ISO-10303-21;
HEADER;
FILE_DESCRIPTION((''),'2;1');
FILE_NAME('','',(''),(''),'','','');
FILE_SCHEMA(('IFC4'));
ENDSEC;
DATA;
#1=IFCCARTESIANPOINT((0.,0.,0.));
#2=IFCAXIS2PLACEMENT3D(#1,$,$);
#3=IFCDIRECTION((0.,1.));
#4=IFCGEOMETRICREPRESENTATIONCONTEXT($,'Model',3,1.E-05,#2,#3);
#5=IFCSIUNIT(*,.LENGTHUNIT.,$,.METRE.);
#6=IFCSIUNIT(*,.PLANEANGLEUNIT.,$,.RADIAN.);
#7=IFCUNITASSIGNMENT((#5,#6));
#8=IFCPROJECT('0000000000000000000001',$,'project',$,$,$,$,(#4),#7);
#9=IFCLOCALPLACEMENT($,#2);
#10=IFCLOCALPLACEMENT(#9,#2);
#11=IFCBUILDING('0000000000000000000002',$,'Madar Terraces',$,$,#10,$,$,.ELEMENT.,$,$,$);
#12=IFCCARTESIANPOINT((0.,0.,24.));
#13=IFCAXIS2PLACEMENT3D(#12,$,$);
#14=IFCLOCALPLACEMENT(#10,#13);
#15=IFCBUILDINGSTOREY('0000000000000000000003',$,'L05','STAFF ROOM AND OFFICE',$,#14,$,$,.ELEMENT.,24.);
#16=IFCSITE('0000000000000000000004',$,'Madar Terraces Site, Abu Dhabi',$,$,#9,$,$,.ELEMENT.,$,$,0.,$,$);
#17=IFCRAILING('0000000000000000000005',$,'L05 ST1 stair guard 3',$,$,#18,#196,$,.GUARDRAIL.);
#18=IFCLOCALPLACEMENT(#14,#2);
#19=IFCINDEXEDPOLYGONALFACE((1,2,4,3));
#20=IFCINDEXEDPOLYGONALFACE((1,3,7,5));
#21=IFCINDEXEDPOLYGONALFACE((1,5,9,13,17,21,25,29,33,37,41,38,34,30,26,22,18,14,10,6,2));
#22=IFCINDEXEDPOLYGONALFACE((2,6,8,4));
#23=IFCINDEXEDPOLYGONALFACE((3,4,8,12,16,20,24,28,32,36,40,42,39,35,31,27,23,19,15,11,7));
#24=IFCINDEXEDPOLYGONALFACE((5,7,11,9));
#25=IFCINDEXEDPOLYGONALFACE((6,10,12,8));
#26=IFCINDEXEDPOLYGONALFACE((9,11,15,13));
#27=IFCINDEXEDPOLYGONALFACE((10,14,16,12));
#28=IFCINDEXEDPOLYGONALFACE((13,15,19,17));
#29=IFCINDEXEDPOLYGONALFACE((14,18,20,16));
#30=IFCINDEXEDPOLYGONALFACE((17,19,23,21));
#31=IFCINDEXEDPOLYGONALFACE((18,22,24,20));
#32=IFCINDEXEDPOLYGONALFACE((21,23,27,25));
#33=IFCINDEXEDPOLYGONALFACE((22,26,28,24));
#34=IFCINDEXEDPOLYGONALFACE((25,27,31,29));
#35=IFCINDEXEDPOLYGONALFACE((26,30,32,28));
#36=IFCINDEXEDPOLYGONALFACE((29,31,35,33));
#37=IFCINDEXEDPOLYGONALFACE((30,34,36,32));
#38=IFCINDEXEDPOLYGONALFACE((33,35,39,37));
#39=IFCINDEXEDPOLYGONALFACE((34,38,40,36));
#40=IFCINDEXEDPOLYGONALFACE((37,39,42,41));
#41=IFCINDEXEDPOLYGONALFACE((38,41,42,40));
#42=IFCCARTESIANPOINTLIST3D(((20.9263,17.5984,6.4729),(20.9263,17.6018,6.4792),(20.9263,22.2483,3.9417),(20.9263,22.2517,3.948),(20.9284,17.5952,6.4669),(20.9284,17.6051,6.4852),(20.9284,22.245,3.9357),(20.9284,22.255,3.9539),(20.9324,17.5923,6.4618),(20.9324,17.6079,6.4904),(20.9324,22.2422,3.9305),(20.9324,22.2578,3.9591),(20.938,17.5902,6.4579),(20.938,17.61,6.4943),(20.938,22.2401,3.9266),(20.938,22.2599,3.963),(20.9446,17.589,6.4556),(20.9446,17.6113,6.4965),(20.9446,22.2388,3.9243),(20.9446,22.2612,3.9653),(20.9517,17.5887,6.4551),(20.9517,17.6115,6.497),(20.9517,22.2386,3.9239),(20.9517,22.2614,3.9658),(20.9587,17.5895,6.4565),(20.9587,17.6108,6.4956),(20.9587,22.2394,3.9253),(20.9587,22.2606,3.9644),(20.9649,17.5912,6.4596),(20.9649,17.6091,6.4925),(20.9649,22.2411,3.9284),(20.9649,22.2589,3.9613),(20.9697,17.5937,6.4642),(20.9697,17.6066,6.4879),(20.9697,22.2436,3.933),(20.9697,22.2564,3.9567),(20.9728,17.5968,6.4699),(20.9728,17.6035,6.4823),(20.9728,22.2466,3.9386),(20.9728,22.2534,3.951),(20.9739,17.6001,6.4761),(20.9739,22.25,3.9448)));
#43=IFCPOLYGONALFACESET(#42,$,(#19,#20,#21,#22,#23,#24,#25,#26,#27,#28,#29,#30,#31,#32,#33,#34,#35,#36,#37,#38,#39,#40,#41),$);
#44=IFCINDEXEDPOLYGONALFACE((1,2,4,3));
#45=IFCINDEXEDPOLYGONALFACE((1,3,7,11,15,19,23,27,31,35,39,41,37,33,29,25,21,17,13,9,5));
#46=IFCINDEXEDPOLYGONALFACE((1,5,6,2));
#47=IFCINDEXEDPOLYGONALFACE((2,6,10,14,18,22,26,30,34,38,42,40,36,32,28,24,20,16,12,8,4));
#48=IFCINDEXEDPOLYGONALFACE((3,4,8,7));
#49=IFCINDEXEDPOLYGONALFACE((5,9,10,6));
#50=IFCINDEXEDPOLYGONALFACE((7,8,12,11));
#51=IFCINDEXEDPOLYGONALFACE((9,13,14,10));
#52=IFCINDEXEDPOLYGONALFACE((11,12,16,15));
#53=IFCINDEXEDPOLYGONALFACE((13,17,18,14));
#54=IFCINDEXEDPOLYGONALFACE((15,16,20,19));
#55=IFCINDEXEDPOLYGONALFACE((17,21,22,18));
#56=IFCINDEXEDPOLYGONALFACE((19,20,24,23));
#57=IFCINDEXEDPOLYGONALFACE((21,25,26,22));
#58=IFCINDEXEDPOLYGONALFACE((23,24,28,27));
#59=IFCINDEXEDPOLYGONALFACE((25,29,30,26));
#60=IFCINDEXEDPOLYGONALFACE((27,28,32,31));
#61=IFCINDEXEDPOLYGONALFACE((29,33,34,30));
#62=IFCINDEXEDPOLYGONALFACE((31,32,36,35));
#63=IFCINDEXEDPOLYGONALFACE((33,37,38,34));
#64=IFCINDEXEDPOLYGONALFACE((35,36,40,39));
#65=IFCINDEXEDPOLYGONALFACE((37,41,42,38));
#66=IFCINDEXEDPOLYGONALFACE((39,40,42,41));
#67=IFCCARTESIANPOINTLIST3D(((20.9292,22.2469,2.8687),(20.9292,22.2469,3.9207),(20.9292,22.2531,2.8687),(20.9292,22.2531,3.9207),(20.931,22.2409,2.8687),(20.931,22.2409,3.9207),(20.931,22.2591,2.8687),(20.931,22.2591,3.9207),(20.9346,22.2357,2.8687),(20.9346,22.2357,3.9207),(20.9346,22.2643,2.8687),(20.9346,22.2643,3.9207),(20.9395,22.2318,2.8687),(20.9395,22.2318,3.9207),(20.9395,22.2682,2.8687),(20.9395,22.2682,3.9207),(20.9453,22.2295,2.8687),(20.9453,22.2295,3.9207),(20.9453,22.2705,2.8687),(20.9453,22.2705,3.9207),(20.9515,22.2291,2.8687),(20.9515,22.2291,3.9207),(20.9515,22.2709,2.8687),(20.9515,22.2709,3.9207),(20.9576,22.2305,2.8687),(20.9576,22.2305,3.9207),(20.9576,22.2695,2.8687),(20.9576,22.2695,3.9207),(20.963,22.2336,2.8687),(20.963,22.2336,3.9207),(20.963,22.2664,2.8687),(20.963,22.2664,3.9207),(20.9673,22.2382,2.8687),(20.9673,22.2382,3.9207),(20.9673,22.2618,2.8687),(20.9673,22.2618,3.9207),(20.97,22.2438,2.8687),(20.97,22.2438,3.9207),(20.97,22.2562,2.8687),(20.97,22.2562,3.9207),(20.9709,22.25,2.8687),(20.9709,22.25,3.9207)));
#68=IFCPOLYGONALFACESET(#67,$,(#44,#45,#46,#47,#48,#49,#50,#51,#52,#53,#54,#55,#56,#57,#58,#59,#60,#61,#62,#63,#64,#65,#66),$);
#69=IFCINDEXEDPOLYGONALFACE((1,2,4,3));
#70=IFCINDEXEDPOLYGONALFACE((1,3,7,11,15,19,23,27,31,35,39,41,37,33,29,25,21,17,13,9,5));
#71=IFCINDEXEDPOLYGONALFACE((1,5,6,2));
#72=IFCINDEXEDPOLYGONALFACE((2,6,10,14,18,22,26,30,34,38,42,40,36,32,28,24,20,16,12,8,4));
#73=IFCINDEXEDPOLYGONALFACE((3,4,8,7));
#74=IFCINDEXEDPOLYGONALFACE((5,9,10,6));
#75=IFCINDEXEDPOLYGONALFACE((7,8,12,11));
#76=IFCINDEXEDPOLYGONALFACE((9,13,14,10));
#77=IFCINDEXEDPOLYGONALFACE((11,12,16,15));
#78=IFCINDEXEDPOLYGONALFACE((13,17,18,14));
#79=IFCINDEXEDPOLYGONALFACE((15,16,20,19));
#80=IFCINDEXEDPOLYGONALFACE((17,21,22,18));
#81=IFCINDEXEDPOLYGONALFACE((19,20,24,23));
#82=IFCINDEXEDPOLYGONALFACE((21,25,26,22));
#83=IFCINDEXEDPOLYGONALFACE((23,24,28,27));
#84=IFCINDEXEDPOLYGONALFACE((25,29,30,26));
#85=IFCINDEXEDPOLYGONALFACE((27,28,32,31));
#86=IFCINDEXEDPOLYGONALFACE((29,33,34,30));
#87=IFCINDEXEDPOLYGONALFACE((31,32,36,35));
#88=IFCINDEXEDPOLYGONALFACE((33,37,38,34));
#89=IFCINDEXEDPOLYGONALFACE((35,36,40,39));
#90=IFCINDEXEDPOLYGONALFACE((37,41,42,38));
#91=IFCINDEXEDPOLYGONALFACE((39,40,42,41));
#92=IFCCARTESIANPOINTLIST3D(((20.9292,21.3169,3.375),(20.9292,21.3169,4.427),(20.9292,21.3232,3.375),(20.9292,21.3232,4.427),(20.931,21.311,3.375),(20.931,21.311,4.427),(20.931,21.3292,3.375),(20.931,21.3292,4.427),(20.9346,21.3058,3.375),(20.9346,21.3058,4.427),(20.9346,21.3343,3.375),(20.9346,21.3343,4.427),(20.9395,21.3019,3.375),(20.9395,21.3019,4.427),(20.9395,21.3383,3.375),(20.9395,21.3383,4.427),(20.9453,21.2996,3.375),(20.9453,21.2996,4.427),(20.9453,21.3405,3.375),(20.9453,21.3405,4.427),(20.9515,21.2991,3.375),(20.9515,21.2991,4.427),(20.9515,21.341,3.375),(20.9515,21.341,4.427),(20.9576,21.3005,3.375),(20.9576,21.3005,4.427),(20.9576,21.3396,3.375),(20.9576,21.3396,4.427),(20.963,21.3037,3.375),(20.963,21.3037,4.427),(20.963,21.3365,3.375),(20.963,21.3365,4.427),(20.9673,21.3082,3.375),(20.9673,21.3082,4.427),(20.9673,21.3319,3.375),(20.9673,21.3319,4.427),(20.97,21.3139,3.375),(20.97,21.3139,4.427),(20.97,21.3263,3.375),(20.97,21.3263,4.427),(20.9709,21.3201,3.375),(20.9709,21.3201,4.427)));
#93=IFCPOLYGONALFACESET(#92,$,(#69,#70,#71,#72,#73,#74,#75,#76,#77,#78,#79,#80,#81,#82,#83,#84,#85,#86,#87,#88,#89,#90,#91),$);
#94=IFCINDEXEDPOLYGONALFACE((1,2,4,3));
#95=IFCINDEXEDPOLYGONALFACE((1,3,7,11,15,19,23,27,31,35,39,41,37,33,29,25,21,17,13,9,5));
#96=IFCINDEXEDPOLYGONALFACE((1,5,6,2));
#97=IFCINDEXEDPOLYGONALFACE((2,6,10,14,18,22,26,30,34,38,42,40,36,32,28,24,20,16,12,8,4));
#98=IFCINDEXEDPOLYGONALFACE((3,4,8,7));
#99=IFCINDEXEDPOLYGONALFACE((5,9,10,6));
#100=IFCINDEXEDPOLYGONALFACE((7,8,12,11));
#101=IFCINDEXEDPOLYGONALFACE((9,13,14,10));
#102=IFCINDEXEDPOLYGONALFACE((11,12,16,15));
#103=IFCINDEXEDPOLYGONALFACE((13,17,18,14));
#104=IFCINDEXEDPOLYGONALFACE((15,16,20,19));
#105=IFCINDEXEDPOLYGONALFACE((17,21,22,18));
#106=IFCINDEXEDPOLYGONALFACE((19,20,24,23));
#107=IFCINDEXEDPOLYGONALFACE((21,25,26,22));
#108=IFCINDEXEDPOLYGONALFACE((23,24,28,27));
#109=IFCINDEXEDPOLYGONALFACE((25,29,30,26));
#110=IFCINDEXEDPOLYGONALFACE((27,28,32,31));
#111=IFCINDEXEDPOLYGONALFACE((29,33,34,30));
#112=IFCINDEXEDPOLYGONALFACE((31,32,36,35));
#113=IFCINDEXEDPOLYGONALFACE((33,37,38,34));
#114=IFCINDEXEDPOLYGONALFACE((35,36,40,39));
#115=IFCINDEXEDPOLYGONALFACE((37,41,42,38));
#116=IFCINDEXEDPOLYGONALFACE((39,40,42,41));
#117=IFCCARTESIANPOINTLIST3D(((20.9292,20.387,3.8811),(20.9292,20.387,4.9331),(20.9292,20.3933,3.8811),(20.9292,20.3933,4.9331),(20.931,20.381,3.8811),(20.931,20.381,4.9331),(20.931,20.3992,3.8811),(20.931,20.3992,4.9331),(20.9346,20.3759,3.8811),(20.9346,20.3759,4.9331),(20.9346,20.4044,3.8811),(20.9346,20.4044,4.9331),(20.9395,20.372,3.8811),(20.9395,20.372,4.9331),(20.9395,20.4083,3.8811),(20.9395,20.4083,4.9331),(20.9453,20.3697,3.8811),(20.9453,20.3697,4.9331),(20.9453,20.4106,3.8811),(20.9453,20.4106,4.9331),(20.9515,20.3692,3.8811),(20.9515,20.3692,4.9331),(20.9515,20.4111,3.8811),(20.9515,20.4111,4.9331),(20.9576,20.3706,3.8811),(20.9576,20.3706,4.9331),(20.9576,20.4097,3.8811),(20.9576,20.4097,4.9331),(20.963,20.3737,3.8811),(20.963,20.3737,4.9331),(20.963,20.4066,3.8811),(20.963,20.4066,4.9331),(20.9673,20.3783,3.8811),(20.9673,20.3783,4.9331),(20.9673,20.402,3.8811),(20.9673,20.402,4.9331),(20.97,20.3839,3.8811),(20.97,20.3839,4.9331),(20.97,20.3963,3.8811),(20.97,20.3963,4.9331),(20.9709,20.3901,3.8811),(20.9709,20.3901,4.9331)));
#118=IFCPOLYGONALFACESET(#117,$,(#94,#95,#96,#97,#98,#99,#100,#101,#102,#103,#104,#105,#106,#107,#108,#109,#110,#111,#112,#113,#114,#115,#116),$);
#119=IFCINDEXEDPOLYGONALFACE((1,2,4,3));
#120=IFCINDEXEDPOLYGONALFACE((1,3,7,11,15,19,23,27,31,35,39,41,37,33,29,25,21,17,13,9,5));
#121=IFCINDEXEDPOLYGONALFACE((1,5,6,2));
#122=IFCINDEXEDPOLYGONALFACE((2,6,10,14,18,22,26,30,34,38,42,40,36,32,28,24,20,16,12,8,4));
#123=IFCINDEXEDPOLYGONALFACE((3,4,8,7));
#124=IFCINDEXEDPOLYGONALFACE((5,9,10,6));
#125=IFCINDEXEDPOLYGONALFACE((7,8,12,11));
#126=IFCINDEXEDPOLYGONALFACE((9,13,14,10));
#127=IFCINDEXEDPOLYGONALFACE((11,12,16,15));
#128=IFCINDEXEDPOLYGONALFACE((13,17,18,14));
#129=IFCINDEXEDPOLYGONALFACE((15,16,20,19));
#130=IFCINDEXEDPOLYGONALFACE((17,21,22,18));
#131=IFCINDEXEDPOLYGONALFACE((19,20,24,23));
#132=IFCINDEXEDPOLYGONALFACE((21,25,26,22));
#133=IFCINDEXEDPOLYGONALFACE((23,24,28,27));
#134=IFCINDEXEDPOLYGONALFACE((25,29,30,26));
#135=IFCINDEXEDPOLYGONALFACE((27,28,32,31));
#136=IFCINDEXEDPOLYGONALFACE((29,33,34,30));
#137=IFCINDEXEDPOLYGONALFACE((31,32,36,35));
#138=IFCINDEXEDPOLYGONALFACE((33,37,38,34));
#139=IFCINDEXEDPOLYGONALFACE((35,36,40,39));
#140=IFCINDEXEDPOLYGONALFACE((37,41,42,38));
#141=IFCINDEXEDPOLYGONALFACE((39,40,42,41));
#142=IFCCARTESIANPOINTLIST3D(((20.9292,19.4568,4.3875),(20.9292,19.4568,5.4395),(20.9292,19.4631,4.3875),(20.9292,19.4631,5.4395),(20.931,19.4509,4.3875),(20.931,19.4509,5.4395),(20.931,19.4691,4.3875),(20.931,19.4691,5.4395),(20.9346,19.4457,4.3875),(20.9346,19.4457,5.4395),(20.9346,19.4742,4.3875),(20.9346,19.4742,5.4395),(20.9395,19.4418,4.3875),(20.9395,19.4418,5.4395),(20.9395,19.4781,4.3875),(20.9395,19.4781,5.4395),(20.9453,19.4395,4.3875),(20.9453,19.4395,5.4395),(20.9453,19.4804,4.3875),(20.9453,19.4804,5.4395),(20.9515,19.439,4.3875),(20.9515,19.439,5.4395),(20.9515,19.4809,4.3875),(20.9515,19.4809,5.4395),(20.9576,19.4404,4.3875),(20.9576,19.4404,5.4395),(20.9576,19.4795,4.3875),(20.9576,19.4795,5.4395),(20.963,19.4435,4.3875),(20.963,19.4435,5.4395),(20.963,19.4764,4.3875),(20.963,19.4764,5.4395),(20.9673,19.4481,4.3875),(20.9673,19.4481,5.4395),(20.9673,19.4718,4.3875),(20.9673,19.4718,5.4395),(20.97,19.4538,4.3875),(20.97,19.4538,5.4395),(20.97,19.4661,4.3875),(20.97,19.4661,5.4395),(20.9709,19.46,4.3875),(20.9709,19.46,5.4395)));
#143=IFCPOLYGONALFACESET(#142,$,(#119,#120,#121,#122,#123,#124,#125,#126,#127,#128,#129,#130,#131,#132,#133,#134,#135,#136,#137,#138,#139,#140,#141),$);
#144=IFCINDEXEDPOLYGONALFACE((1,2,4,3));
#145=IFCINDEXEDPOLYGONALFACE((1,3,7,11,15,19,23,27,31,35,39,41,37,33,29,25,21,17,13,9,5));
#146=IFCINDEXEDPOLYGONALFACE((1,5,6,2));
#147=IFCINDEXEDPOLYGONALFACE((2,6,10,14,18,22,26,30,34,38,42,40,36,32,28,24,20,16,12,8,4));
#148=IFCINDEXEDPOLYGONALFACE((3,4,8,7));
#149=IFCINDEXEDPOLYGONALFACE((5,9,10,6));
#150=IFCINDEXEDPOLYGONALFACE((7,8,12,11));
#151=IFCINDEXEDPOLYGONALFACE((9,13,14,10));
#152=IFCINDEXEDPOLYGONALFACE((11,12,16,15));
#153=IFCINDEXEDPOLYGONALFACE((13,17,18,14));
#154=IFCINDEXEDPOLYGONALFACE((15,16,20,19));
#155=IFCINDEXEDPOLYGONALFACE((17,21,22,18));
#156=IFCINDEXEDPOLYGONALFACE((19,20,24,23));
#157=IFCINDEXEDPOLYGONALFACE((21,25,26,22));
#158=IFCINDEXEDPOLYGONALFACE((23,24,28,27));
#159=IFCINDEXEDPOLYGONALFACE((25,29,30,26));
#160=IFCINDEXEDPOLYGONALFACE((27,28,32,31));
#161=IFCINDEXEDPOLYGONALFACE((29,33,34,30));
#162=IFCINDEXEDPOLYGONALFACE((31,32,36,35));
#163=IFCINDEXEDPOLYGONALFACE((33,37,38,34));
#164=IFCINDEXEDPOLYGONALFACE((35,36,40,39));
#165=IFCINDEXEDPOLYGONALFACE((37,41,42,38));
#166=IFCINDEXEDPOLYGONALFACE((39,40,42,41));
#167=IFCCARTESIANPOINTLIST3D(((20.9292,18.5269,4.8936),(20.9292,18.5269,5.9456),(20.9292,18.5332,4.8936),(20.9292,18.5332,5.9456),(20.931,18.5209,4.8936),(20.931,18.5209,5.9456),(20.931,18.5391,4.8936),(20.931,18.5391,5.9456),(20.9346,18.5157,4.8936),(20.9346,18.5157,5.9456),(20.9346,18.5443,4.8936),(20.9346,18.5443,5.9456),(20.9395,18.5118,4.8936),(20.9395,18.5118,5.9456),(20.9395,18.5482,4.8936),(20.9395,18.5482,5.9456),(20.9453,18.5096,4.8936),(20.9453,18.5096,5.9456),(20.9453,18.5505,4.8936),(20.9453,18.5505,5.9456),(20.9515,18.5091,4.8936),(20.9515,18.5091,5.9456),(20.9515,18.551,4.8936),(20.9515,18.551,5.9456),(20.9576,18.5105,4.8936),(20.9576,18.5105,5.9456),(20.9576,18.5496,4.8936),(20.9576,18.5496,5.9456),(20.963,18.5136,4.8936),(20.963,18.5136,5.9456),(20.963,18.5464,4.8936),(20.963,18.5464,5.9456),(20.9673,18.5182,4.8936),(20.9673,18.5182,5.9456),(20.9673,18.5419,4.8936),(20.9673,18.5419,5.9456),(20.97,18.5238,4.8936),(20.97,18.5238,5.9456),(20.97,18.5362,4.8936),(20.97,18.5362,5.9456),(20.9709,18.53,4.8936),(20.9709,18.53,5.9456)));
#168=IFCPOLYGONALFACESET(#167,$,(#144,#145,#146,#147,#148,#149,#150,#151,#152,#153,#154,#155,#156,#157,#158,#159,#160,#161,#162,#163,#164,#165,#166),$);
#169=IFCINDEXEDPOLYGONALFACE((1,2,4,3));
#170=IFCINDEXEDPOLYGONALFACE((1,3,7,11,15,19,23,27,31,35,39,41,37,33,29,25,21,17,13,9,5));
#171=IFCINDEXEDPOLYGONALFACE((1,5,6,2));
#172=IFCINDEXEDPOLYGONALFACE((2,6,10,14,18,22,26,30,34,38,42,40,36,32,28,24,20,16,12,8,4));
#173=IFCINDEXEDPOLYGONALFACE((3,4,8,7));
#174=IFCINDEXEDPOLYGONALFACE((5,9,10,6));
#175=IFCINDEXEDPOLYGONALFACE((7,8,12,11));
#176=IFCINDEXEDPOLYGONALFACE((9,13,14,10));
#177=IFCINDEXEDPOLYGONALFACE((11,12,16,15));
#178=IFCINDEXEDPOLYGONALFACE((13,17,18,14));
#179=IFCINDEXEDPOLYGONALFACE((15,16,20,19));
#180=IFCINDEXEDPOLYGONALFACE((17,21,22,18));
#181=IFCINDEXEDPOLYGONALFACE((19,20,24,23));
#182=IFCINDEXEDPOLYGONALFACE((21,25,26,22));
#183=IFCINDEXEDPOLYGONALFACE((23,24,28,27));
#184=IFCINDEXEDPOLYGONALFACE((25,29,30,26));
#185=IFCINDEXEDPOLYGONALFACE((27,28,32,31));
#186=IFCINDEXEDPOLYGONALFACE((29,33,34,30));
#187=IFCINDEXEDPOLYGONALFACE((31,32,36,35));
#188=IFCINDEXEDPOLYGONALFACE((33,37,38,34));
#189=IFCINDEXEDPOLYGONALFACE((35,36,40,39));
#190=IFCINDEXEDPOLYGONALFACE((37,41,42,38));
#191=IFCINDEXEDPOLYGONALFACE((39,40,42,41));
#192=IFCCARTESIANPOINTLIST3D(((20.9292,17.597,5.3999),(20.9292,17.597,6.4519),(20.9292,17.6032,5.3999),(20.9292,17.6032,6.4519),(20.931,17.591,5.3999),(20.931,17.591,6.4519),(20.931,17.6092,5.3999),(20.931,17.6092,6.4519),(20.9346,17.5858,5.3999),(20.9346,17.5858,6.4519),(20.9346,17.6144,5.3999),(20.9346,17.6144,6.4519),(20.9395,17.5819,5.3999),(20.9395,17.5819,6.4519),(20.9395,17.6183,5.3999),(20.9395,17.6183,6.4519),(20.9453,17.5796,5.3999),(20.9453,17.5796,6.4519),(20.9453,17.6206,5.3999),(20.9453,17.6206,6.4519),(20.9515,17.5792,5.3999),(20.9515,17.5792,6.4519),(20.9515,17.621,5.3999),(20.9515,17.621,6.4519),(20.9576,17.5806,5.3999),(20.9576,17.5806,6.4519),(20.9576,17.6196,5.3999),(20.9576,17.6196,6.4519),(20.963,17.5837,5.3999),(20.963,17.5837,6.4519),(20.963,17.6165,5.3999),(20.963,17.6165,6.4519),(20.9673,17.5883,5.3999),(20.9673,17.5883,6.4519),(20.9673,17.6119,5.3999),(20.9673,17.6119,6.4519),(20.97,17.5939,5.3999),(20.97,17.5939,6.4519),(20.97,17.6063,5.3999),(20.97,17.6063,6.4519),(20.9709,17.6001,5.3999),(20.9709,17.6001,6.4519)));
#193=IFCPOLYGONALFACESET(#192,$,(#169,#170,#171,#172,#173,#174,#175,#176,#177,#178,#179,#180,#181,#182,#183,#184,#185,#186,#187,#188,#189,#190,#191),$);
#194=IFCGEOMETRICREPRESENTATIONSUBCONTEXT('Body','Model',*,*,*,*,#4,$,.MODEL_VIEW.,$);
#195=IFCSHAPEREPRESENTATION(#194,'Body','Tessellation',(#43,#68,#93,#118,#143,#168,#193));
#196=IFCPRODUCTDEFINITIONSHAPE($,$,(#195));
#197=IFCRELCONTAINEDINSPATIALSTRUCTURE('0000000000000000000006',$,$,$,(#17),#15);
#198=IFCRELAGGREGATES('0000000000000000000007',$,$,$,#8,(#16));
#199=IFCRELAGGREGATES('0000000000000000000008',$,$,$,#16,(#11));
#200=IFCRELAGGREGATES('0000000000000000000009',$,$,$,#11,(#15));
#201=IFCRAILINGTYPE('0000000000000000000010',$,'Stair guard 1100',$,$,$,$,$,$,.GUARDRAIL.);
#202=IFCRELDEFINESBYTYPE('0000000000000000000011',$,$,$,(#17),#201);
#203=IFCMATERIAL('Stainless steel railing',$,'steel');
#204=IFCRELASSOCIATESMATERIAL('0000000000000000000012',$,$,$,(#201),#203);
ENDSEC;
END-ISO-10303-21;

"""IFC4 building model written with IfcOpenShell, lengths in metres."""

from ifc_helpers import new_model, si_unit, direction, frame, origin, origin_2d, place, context, subcontext, project, spatial, circle, extrude, material, type_object, element, save


model = new_model("IFC4")

# Units and contexts
model_context = context("Model", 3, precision=1e-05, world=origin(), true_north=direction((0.0, 1.0)))
body_context = subcontext(model_context, "Body", "Model", "MODEL_VIEW")
ifc_project = project(units=[si_unit("LENGTHUNIT", "METRE"), si_unit("PLANEANGLEUNIT", "RADIAN")], contexts=[model_context])

# Site, building, storey
site_placement = place(None, origin())
site = spatial("IfcSite", under=ifc_project, at=site_placement, Name="Madar Terraces Site, Abu Dhabi", CompositionType="ELEMENT", RefElevation=0.0)
building_placement = place(site_placement, origin())
building = spatial("IfcBuilding", under=site, at=building_placement, Name="Madar Terraces", CompositionType="ELEMENT")
storey_placement = place(building_placement, frame((0.0, 0.0, 24.0)))
storey = spatial("IfcBuildingStorey", under=building, at=storey_placement, Name="L05", Description="STAFF ROOM AND OFFICE", CompositionType="ELEMENT", Elevation=24.0)

# Railing
ifc_material_1 = material(Name="Stainless steel railing", Category="steel")
railing_type_1 = type_object("IfcRailingType", Name="Stair guard 1100", PredefinedType="GUARDRAIL", material=ifc_material_1)
railing_1_placement = place(storey_placement, frame((20.95, 22.25, 2.8687)))
element("IfcRailing", 1, at=railing_1_placement, inside=storey, type_object=railing_type_1, Name="L05 ST1 stair guard 3", PredefinedType="GUARDRAIL", context=body_context, shape_type="SweptSolid", body=[
    extrude(circle(Radius=0.0239, at=origin_2d()), frame((0.0, 0.0, 1.0762), z_axis=(0.0, -0.878297, 0.478115), x_axis=(1.0, 0.0, 0.0)), (0.0, 0.0, 1.0), 5.2942),
    extrude(circle(Radius=0.021, at=origin_2d()), origin(), (0.0, 0.0, 1.0), 1.052),
    extrude(circle(Radius=0.021, at=origin_2d()), frame((0.0, -0.9299, 0.5063)), (0.0, 0.0, 1.0), 1.052),
    extrude(circle(Radius=0.021, at=origin_2d()), frame((0.0, -1.8599, 1.0125)), (0.0, 0.0, 1.0), 1.052),
    extrude(circle(Radius=0.021, at=origin_2d()), frame((0.0, -2.79, 1.5188)), (0.0, 0.0, 1.0), 1.052),
    extrude(circle(Radius=0.021, at=origin_2d()), frame((0.0, -3.72, 2.0249)), (0.0, 0.0, 1.0), 1.052),
    extrude(circle(Radius=0.021, at=origin_2d()), frame((0.0, -4.6499, 2.5312)), (0.0, 0.0, 1.0), 1.052),
])

save(model, "model.ifc")
